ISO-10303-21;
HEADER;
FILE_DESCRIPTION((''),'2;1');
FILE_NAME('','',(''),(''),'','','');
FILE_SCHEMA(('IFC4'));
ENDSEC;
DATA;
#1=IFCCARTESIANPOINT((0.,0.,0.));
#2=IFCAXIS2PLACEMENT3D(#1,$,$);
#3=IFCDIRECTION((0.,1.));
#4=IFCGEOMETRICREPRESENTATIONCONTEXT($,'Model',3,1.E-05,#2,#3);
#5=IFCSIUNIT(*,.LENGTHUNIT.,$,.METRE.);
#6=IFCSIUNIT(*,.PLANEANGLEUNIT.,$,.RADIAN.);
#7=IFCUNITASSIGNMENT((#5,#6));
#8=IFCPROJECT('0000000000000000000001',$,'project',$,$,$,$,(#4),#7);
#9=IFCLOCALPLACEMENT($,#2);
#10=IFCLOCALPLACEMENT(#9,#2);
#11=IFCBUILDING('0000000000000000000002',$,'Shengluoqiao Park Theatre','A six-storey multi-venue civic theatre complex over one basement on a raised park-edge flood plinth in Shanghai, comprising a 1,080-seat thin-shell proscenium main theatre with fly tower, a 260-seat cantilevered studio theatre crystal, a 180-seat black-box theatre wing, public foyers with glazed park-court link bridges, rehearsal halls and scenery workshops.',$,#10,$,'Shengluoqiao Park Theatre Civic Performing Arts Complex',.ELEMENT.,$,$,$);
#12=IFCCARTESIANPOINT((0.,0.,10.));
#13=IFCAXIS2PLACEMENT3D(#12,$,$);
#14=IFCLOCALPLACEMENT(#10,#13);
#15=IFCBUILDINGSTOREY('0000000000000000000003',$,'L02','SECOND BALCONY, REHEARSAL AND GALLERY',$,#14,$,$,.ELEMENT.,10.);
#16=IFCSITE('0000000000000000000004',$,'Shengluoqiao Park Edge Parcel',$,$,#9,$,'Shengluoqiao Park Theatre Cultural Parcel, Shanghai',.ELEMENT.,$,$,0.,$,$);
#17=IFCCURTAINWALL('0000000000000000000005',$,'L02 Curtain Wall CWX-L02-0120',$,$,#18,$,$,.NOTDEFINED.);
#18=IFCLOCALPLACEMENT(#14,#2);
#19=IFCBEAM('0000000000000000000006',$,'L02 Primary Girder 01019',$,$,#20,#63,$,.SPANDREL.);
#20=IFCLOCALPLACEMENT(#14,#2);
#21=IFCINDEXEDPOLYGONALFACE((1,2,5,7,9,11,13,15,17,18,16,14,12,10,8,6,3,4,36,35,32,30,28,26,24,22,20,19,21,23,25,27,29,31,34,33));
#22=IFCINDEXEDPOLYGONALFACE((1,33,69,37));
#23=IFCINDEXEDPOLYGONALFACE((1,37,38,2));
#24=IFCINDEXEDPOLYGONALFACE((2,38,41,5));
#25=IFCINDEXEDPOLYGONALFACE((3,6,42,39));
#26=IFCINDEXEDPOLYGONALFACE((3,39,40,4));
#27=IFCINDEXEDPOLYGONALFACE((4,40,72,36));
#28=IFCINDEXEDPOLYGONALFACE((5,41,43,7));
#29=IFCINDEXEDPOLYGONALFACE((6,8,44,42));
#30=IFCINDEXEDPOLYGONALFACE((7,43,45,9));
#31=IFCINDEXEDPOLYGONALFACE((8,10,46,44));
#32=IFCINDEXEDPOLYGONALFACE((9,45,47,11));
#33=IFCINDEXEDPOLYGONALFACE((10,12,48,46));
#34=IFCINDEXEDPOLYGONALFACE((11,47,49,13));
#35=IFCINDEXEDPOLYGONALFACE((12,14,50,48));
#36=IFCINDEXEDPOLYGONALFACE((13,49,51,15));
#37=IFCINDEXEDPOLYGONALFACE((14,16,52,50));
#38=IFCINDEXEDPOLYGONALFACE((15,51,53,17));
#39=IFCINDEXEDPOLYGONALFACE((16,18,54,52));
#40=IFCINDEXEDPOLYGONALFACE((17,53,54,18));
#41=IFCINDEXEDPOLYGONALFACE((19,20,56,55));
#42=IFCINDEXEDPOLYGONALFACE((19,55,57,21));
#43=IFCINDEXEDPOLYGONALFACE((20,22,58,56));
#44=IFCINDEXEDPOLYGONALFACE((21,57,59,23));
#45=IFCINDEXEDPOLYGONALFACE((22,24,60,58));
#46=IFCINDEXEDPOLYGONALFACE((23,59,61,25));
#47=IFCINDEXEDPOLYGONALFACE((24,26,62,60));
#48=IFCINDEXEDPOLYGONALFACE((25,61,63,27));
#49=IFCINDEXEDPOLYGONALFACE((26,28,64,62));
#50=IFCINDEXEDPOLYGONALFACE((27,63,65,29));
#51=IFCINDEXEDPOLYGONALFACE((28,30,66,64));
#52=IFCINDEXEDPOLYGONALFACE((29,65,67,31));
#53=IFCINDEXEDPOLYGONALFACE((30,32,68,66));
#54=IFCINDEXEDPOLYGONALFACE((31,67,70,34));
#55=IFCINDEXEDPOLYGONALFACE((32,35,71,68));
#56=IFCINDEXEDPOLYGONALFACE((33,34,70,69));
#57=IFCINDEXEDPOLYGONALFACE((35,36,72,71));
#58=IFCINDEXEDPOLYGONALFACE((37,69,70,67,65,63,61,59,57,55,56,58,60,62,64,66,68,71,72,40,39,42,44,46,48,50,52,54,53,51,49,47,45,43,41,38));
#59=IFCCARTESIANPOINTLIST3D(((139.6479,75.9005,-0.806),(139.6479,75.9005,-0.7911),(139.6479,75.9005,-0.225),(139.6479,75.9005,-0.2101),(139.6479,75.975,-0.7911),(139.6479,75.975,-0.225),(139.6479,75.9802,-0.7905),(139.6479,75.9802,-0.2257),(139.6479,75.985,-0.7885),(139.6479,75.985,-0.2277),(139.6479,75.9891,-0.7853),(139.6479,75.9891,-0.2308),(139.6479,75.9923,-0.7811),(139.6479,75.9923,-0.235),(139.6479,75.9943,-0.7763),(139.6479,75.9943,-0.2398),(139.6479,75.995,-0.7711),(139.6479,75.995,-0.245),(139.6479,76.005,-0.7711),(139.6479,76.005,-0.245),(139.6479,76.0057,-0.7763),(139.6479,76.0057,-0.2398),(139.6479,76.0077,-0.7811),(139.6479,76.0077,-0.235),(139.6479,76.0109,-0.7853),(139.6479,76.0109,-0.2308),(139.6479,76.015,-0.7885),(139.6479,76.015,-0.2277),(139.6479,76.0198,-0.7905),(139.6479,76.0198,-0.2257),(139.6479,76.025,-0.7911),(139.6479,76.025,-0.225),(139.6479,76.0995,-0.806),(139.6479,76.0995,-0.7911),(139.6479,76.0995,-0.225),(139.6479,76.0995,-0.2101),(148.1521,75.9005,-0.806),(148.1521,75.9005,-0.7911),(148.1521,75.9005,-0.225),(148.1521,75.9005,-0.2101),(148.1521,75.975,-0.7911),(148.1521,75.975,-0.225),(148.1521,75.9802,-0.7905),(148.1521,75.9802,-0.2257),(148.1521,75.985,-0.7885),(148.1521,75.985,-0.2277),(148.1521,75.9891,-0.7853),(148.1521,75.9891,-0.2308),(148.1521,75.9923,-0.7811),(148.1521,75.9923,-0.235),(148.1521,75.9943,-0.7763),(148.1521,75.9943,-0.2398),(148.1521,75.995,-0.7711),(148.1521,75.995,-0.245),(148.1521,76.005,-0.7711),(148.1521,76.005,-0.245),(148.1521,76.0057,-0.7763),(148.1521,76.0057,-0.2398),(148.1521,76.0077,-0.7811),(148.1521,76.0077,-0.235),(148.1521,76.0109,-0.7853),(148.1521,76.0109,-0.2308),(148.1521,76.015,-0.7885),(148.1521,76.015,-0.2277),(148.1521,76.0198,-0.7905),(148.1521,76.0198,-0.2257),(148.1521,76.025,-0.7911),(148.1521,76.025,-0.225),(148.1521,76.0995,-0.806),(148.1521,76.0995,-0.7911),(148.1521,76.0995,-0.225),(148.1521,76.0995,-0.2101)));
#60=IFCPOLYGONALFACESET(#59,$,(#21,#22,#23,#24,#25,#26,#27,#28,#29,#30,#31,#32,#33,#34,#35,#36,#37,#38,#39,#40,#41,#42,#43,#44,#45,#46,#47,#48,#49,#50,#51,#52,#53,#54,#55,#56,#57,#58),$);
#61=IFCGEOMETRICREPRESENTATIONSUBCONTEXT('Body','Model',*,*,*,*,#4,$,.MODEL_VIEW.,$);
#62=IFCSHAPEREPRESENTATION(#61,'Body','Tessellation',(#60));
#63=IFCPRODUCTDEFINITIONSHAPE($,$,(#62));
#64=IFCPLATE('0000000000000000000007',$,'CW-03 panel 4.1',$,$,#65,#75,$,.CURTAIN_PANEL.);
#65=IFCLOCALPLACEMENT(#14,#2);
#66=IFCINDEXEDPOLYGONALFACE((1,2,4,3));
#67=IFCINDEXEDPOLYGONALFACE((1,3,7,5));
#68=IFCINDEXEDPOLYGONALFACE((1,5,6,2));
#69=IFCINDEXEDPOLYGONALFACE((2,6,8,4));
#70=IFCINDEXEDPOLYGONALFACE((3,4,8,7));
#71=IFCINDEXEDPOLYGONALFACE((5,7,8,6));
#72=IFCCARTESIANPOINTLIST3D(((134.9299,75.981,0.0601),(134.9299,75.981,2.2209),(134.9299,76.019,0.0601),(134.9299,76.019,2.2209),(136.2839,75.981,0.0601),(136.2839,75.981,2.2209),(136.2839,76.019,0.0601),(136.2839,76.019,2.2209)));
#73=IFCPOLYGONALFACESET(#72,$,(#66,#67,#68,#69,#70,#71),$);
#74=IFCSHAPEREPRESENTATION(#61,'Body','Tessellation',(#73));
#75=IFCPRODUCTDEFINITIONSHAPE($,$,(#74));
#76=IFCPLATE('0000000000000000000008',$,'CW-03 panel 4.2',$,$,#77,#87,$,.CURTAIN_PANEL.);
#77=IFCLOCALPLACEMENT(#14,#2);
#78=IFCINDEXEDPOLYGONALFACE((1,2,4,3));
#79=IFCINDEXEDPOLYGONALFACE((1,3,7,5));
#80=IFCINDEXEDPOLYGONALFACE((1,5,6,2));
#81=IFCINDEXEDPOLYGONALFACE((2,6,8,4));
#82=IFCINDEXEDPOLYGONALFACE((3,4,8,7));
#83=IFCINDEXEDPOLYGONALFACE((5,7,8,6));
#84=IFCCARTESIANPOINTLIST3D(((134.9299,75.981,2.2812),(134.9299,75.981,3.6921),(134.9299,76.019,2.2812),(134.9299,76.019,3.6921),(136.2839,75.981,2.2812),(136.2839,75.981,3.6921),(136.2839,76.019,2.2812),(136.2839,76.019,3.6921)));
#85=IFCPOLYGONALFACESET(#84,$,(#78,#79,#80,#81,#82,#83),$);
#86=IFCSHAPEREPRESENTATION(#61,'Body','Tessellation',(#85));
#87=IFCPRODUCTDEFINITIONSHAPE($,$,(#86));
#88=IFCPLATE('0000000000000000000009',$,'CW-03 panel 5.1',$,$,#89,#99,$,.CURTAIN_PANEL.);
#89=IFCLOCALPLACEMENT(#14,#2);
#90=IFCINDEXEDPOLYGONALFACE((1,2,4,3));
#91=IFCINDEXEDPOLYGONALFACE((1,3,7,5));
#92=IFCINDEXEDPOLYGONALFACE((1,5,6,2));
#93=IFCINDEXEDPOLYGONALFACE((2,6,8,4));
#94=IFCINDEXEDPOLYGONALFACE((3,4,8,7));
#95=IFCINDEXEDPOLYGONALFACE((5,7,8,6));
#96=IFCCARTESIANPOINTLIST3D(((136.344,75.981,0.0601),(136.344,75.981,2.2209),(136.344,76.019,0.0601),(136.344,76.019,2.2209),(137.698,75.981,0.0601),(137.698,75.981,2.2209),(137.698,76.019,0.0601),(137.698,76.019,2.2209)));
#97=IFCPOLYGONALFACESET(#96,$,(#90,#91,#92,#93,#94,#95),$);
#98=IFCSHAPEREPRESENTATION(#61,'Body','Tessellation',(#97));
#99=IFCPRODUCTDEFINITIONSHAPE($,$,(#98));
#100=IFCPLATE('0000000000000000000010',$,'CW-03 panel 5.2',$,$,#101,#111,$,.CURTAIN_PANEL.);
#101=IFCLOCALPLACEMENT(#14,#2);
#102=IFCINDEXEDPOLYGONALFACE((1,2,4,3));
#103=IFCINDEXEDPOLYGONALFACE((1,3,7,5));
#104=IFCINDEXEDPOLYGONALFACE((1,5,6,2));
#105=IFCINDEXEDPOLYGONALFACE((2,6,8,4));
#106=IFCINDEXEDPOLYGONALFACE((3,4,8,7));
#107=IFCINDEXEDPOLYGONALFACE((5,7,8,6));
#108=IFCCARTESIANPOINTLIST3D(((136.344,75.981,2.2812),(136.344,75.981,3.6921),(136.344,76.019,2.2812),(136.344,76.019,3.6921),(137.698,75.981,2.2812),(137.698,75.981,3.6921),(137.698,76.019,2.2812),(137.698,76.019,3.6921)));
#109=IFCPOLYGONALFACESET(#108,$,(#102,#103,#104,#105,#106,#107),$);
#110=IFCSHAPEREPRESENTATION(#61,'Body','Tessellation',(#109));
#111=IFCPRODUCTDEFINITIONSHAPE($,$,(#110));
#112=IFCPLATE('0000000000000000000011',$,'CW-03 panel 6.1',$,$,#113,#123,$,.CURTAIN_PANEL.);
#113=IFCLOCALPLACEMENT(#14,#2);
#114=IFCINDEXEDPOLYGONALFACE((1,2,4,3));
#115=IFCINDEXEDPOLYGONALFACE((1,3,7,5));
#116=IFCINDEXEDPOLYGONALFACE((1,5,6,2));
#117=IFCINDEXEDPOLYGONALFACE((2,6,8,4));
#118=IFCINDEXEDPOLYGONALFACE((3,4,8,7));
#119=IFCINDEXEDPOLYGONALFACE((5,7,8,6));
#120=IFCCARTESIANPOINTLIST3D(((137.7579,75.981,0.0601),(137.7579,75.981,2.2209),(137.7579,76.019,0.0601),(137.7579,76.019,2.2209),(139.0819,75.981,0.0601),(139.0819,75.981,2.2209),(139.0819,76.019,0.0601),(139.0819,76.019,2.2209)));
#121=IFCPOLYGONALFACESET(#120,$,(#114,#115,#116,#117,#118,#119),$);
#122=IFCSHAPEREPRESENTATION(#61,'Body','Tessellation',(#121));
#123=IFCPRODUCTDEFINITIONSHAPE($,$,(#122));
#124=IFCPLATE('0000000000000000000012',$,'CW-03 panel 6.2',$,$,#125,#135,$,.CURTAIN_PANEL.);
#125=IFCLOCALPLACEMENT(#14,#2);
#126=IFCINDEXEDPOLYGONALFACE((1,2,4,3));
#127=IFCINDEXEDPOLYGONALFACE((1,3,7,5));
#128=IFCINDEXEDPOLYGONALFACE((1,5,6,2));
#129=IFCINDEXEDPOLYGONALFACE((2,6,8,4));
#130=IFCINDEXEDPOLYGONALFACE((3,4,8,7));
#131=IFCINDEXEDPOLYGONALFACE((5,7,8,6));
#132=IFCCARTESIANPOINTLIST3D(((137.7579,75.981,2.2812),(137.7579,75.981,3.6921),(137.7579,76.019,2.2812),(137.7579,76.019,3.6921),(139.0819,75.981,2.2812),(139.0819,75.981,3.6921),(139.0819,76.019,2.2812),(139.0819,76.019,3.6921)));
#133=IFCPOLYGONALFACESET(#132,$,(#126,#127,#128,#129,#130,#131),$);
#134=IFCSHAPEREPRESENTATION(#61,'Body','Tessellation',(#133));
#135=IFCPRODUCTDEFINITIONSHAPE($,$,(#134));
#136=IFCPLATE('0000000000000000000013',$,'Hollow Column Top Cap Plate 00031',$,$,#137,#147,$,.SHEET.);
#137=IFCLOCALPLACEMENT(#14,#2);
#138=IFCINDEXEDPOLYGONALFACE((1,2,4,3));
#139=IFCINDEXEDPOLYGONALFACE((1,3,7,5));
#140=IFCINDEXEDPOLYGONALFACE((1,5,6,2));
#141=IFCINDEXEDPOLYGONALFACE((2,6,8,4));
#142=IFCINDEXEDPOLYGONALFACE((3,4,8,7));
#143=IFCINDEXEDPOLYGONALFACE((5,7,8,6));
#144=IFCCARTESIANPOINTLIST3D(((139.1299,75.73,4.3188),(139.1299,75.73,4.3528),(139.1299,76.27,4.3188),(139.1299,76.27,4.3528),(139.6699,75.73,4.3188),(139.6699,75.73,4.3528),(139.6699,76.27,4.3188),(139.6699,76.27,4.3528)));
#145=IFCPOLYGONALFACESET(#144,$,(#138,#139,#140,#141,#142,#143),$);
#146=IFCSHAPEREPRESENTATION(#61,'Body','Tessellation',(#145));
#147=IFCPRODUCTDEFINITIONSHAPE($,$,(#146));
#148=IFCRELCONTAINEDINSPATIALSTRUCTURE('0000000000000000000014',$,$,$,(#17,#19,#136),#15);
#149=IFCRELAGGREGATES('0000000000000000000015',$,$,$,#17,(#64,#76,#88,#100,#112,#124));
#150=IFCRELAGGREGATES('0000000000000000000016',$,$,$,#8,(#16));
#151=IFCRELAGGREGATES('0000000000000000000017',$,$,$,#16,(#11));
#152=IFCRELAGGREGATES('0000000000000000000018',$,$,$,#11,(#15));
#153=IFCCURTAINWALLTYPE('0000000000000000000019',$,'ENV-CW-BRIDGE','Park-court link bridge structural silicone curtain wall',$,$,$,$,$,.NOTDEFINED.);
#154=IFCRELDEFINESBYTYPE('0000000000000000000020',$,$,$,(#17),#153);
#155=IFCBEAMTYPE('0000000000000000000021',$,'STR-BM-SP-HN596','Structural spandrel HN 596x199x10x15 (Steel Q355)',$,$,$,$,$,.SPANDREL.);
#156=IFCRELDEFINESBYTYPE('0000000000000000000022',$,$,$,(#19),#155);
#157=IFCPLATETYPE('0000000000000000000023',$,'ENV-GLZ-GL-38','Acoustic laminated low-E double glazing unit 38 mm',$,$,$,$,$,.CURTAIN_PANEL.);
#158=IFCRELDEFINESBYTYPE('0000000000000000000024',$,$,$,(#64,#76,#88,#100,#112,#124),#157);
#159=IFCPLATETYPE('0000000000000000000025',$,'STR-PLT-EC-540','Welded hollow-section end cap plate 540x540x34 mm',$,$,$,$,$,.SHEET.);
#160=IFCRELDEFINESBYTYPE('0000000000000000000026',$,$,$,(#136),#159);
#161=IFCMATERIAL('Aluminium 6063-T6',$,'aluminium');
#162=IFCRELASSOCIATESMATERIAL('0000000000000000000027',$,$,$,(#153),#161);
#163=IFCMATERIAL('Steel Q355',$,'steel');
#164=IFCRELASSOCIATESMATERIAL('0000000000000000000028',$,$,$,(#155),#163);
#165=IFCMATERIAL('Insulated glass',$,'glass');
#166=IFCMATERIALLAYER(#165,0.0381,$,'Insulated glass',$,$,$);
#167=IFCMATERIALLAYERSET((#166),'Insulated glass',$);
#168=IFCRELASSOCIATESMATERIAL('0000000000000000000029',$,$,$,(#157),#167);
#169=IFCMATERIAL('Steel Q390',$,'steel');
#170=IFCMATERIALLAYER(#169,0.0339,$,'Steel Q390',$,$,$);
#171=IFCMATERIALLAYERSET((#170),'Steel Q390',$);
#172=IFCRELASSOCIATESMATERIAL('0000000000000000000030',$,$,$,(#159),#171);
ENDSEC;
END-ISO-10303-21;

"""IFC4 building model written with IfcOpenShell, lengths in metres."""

from ifc_helpers import new_model, si_unit, direction, frame, origin, origin_2d, place, context, subcontext, project, spatial, rectangle, i_section, extrude, material, layer, layer_set, material_profile, profile_set, type_object, element, aggregate, save


model = new_model("IFC4")

# Units and contexts
model_context = context("Model", 3, precision=1e-05, world=origin(), true_north=direction((0.0, 1.0)))
body_context = subcontext(model_context, "Body", "Model", "MODEL_VIEW")
ifc_project = project(units=[si_unit("LENGTHUNIT", "METRE"), si_unit("PLANEANGLEUNIT", "RADIAN")], contexts=[model_context])

# Site, building, storey
site_placement = place(None, origin())
site = spatial("IfcSite", under=ifc_project, at=site_placement, Name="Shengluoqiao Park Edge Parcel", LongName="Shengluoqiao Park Theatre Cultural Parcel, Shanghai", CompositionType="ELEMENT", RefElevation=0.0)
building_placement = place(site_placement, origin())
building = spatial("IfcBuilding", under=site, at=building_placement, Name="Shengluoqiao Park Theatre", Description="A six-storey multi-venue civic theatre complex over one basement on a raised park-edge flood plinth in Shanghai, comprising a 1,080-seat thin-shell proscenium main theatre with fly tower, a 260-seat cantilevered studio theatre crystal, a 180-seat black-box theatre wing, public foyers with glazed park-court link bridges, rehearsal halls and scenery workshops.", LongName="Shengluoqiao Park Theatre Civic Performing Arts Complex", CompositionType="ELEMENT")
storey_placement = place(building_placement, frame((0.0, 0.0, 10.0)))
storey = spatial("IfcBuildingStorey", under=building, at=storey_placement, Name="L02", Description="SECOND BALCONY, REHEARSAL AND GALLERY", CompositionType="ELEMENT", Elevation=10.0)

# Shared definitions
ifc_material_1 = material(Name="Steel Q390", Category="steel")

# Curtain wall
ifc_material_2 = material(Name="Aluminium 6063-T6", Category="aluminium")
curtain_wall_type = type_object("IfcCurtainWallType", Name="ENV-CW-BRIDGE", Description="Park-court link bridge structural silicone curtain wall", PredefinedType="NOTDEFINED", material=ifc_material_2)
curtain_wall_placement = place(storey_placement, origin())
curtain_wall = element("IfcCurtainWall", 1, at=curtain_wall_placement, inside=storey, type_object=curtain_wall_type, Name="L02 Curtain Wall CWX-L02-0120", PredefinedType="NOTDEFINED")

# Beam
ifc_material_3 = material(Name="Steel Q355", Category="steel")
ifc_material_profile_1 = material_profile(ifc_material_3, i_section(OverallWidth=0.199, OverallDepth=0.5959, WebThickness=0.01, FlangeThickness=0.0149, FilletRadius=0.02, at=origin_2d()), Name="HN 596x199x10x15")
ifc_profile_set_1 = profile_set([ifc_material_profile_1], Name="Steel Q355")
beam_type_1 = type_object("IfcBeamType", Name="STR-BM-SP-HN596", Description="Structural spandrel HN 596x199x10x15 (Steel Q355)", PredefinedType="SPANDREL", material=ifc_profile_set_1)
beam_1_placement = place(storey_placement, frame((139.6479, 76.0, -0.5081), z_axis=(1.0, 0.0, 0.0), x_axis=(0.0, 1.0, 0.0)))
element("IfcBeam", 2, at=beam_1_placement, inside=storey, type_object=beam_type_1, Name="L02 Primary Girder 01019", PredefinedType="SPANDREL", context=body_context, shape_type="SweptSolid", body=[
    extrude(i_section(OverallWidth=0.199, OverallDepth=0.5959, WebThickness=0.01, FlangeThickness=0.0149, FilletRadius=0.02, at=origin_2d()), origin(), (0.0, 0.0, 1.0), 8.5042),
])

# Plates
ifc_material_4 = material(Name="Insulated glass", Category="glass")
ifc_layer_1 = layer(ifc_material_4, 0.0381, Name="Insulated glass")
ifc_layer_set_1 = layer_set([ifc_layer_1], Name="Insulated glass")
plate_type_1 = type_object("IfcPlateType", Name="ENV-GLZ-GL-38", Description="Acoustic laminated low-E double glazing unit 38 mm", PredefinedType="CURTAIN_PANEL", material=ifc_layer_set_1)
plate_1_placement = place(storey_placement, frame((135.6069, 76.0, 0.0601), z_axis=(0.0, 0.0, 1.0), x_axis=(1.0, 0.0, 0.0)))
plate_1 = element("IfcPlate", 3, at=plate_1_placement, type_object=plate_type_1, Name="CW-03 panel 4.1", PredefinedType="CURTAIN_PANEL", context=body_context, shape_type="SweptSolid", body=[
    extrude(rectangle(XDim=1.354, YDim=0.0381, at=origin_2d()), origin(), (0.0, 0.0, 1.0), 2.1609),
])
plate_2_placement = place(storey_placement, frame((135.6069, 76.0, 2.2812), z_axis=(0.0, 0.0, 1.0), x_axis=(1.0, 0.0, 0.0)))
plate_2 = element("IfcPlate", 4, at=plate_2_placement, type_object=plate_type_1, Name="CW-03 panel 4.2", PredefinedType="CURTAIN_PANEL", context=body_context, shape_type="SweptSolid", body=[
    extrude(rectangle(XDim=1.354, YDim=0.0381, at=origin_2d()), origin(), (0.0, 0.0, 1.0), 1.4109),
])
plate_3_placement = place(storey_placement, frame((137.021, 76.0, 0.0601), z_axis=(0.0, 0.0, 1.0), x_axis=(1.0, 0.0, 0.0)))
plate_3 = element("IfcPlate", 5, at=plate_3_placement, type_object=plate_type_1, Name="CW-03 panel 5.1", PredefinedType="CURTAIN_PANEL", context=body_context, shape_type="SweptSolid", body=[
    extrude(rectangle(XDim=1.354, YDim=0.0381, at=origin_2d()), origin(), (0.0, 0.0, 1.0), 2.1609),
])
plate_4_placement = place(storey_placement, frame((137.021, 76.0, 2.2812), z_axis=(0.0, 0.0, 1.0), x_axis=(1.0, 0.0, 0.0)))
plate_4 = element("IfcPlate", 6, at=plate_4_placement, type_object=plate_type_1, Name="CW-03 panel 5.2", PredefinedType="CURTAIN_PANEL", context=body_context, shape_type="SweptSolid", body=[
    extrude(rectangle(XDim=1.354, YDim=0.0381, at=origin_2d()), origin(), (0.0, 0.0, 1.0), 1.4109),
])
plate_5_placement = place(storey_placement, frame((138.4199, 76.0, 0.0601), z_axis=(0.0, 0.0, 1.0), x_axis=(1.0, 0.0, 0.0)))
plate_5 = element("IfcPlate", 7, at=plate_5_placement, type_object=plate_type_1, Name="CW-03 panel 6.1", PredefinedType="CURTAIN_PANEL", context=body_context, shape_type="SweptSolid", body=[
    extrude(rectangle(XDim=1.324, YDim=0.0381, at=origin_2d()), origin(), (0.0, 0.0, 1.0), 2.1609),
])
plate_6_placement = place(storey_placement, frame((138.4199, 76.0, 2.2812), z_axis=(0.0, 0.0, 1.0), x_axis=(1.0, 0.0, 0.0)))
plate_6 = element("IfcPlate", 8, at=plate_6_placement, type_object=plate_type_1, Name="CW-03 panel 6.2", PredefinedType="CURTAIN_PANEL", context=body_context, shape_type="SweptSolid", body=[
    extrude(rectangle(XDim=1.324, YDim=0.0381, at=origin_2d()), origin(), (0.0, 0.0, 1.0), 1.4109),
])
aggregate(curtain_wall, [plate_1, plate_2, plate_3, plate_4, plate_5, plate_6])
ifc_layer_2 = layer(ifc_material_1, 0.0339, Name="Steel Q390")
ifc_layer_set_2 = layer_set([ifc_layer_2], Name="Steel Q390")
plate_type_2 = type_object("IfcPlateType", Name="STR-PLT-EC-540", Description="Welded hollow-section end cap plate 540x540x34 mm", PredefinedType="SHEET", material=ifc_layer_set_2)
plate_7_placement = place(storey_placement, frame((139.3999, 76.0, 4.3188), z_axis=(0.0, 0.0, 1.0), x_axis=(1.0, 0.0, 0.0)))
element("IfcPlate", 9, at=plate_7_placement, inside=storey, type_object=plate_type_2, Name="Hollow Column Top Cap Plate 00031", PredefinedType="SHEET", context=body_context, shape_type="SweptSolid", body=[
    extrude(rectangle(XDim=0.54, YDim=0.54, at=origin_2d()), origin(), (0.0, 0.0, 1.0), 0.0339),
])

save(model, "model.ifc")
